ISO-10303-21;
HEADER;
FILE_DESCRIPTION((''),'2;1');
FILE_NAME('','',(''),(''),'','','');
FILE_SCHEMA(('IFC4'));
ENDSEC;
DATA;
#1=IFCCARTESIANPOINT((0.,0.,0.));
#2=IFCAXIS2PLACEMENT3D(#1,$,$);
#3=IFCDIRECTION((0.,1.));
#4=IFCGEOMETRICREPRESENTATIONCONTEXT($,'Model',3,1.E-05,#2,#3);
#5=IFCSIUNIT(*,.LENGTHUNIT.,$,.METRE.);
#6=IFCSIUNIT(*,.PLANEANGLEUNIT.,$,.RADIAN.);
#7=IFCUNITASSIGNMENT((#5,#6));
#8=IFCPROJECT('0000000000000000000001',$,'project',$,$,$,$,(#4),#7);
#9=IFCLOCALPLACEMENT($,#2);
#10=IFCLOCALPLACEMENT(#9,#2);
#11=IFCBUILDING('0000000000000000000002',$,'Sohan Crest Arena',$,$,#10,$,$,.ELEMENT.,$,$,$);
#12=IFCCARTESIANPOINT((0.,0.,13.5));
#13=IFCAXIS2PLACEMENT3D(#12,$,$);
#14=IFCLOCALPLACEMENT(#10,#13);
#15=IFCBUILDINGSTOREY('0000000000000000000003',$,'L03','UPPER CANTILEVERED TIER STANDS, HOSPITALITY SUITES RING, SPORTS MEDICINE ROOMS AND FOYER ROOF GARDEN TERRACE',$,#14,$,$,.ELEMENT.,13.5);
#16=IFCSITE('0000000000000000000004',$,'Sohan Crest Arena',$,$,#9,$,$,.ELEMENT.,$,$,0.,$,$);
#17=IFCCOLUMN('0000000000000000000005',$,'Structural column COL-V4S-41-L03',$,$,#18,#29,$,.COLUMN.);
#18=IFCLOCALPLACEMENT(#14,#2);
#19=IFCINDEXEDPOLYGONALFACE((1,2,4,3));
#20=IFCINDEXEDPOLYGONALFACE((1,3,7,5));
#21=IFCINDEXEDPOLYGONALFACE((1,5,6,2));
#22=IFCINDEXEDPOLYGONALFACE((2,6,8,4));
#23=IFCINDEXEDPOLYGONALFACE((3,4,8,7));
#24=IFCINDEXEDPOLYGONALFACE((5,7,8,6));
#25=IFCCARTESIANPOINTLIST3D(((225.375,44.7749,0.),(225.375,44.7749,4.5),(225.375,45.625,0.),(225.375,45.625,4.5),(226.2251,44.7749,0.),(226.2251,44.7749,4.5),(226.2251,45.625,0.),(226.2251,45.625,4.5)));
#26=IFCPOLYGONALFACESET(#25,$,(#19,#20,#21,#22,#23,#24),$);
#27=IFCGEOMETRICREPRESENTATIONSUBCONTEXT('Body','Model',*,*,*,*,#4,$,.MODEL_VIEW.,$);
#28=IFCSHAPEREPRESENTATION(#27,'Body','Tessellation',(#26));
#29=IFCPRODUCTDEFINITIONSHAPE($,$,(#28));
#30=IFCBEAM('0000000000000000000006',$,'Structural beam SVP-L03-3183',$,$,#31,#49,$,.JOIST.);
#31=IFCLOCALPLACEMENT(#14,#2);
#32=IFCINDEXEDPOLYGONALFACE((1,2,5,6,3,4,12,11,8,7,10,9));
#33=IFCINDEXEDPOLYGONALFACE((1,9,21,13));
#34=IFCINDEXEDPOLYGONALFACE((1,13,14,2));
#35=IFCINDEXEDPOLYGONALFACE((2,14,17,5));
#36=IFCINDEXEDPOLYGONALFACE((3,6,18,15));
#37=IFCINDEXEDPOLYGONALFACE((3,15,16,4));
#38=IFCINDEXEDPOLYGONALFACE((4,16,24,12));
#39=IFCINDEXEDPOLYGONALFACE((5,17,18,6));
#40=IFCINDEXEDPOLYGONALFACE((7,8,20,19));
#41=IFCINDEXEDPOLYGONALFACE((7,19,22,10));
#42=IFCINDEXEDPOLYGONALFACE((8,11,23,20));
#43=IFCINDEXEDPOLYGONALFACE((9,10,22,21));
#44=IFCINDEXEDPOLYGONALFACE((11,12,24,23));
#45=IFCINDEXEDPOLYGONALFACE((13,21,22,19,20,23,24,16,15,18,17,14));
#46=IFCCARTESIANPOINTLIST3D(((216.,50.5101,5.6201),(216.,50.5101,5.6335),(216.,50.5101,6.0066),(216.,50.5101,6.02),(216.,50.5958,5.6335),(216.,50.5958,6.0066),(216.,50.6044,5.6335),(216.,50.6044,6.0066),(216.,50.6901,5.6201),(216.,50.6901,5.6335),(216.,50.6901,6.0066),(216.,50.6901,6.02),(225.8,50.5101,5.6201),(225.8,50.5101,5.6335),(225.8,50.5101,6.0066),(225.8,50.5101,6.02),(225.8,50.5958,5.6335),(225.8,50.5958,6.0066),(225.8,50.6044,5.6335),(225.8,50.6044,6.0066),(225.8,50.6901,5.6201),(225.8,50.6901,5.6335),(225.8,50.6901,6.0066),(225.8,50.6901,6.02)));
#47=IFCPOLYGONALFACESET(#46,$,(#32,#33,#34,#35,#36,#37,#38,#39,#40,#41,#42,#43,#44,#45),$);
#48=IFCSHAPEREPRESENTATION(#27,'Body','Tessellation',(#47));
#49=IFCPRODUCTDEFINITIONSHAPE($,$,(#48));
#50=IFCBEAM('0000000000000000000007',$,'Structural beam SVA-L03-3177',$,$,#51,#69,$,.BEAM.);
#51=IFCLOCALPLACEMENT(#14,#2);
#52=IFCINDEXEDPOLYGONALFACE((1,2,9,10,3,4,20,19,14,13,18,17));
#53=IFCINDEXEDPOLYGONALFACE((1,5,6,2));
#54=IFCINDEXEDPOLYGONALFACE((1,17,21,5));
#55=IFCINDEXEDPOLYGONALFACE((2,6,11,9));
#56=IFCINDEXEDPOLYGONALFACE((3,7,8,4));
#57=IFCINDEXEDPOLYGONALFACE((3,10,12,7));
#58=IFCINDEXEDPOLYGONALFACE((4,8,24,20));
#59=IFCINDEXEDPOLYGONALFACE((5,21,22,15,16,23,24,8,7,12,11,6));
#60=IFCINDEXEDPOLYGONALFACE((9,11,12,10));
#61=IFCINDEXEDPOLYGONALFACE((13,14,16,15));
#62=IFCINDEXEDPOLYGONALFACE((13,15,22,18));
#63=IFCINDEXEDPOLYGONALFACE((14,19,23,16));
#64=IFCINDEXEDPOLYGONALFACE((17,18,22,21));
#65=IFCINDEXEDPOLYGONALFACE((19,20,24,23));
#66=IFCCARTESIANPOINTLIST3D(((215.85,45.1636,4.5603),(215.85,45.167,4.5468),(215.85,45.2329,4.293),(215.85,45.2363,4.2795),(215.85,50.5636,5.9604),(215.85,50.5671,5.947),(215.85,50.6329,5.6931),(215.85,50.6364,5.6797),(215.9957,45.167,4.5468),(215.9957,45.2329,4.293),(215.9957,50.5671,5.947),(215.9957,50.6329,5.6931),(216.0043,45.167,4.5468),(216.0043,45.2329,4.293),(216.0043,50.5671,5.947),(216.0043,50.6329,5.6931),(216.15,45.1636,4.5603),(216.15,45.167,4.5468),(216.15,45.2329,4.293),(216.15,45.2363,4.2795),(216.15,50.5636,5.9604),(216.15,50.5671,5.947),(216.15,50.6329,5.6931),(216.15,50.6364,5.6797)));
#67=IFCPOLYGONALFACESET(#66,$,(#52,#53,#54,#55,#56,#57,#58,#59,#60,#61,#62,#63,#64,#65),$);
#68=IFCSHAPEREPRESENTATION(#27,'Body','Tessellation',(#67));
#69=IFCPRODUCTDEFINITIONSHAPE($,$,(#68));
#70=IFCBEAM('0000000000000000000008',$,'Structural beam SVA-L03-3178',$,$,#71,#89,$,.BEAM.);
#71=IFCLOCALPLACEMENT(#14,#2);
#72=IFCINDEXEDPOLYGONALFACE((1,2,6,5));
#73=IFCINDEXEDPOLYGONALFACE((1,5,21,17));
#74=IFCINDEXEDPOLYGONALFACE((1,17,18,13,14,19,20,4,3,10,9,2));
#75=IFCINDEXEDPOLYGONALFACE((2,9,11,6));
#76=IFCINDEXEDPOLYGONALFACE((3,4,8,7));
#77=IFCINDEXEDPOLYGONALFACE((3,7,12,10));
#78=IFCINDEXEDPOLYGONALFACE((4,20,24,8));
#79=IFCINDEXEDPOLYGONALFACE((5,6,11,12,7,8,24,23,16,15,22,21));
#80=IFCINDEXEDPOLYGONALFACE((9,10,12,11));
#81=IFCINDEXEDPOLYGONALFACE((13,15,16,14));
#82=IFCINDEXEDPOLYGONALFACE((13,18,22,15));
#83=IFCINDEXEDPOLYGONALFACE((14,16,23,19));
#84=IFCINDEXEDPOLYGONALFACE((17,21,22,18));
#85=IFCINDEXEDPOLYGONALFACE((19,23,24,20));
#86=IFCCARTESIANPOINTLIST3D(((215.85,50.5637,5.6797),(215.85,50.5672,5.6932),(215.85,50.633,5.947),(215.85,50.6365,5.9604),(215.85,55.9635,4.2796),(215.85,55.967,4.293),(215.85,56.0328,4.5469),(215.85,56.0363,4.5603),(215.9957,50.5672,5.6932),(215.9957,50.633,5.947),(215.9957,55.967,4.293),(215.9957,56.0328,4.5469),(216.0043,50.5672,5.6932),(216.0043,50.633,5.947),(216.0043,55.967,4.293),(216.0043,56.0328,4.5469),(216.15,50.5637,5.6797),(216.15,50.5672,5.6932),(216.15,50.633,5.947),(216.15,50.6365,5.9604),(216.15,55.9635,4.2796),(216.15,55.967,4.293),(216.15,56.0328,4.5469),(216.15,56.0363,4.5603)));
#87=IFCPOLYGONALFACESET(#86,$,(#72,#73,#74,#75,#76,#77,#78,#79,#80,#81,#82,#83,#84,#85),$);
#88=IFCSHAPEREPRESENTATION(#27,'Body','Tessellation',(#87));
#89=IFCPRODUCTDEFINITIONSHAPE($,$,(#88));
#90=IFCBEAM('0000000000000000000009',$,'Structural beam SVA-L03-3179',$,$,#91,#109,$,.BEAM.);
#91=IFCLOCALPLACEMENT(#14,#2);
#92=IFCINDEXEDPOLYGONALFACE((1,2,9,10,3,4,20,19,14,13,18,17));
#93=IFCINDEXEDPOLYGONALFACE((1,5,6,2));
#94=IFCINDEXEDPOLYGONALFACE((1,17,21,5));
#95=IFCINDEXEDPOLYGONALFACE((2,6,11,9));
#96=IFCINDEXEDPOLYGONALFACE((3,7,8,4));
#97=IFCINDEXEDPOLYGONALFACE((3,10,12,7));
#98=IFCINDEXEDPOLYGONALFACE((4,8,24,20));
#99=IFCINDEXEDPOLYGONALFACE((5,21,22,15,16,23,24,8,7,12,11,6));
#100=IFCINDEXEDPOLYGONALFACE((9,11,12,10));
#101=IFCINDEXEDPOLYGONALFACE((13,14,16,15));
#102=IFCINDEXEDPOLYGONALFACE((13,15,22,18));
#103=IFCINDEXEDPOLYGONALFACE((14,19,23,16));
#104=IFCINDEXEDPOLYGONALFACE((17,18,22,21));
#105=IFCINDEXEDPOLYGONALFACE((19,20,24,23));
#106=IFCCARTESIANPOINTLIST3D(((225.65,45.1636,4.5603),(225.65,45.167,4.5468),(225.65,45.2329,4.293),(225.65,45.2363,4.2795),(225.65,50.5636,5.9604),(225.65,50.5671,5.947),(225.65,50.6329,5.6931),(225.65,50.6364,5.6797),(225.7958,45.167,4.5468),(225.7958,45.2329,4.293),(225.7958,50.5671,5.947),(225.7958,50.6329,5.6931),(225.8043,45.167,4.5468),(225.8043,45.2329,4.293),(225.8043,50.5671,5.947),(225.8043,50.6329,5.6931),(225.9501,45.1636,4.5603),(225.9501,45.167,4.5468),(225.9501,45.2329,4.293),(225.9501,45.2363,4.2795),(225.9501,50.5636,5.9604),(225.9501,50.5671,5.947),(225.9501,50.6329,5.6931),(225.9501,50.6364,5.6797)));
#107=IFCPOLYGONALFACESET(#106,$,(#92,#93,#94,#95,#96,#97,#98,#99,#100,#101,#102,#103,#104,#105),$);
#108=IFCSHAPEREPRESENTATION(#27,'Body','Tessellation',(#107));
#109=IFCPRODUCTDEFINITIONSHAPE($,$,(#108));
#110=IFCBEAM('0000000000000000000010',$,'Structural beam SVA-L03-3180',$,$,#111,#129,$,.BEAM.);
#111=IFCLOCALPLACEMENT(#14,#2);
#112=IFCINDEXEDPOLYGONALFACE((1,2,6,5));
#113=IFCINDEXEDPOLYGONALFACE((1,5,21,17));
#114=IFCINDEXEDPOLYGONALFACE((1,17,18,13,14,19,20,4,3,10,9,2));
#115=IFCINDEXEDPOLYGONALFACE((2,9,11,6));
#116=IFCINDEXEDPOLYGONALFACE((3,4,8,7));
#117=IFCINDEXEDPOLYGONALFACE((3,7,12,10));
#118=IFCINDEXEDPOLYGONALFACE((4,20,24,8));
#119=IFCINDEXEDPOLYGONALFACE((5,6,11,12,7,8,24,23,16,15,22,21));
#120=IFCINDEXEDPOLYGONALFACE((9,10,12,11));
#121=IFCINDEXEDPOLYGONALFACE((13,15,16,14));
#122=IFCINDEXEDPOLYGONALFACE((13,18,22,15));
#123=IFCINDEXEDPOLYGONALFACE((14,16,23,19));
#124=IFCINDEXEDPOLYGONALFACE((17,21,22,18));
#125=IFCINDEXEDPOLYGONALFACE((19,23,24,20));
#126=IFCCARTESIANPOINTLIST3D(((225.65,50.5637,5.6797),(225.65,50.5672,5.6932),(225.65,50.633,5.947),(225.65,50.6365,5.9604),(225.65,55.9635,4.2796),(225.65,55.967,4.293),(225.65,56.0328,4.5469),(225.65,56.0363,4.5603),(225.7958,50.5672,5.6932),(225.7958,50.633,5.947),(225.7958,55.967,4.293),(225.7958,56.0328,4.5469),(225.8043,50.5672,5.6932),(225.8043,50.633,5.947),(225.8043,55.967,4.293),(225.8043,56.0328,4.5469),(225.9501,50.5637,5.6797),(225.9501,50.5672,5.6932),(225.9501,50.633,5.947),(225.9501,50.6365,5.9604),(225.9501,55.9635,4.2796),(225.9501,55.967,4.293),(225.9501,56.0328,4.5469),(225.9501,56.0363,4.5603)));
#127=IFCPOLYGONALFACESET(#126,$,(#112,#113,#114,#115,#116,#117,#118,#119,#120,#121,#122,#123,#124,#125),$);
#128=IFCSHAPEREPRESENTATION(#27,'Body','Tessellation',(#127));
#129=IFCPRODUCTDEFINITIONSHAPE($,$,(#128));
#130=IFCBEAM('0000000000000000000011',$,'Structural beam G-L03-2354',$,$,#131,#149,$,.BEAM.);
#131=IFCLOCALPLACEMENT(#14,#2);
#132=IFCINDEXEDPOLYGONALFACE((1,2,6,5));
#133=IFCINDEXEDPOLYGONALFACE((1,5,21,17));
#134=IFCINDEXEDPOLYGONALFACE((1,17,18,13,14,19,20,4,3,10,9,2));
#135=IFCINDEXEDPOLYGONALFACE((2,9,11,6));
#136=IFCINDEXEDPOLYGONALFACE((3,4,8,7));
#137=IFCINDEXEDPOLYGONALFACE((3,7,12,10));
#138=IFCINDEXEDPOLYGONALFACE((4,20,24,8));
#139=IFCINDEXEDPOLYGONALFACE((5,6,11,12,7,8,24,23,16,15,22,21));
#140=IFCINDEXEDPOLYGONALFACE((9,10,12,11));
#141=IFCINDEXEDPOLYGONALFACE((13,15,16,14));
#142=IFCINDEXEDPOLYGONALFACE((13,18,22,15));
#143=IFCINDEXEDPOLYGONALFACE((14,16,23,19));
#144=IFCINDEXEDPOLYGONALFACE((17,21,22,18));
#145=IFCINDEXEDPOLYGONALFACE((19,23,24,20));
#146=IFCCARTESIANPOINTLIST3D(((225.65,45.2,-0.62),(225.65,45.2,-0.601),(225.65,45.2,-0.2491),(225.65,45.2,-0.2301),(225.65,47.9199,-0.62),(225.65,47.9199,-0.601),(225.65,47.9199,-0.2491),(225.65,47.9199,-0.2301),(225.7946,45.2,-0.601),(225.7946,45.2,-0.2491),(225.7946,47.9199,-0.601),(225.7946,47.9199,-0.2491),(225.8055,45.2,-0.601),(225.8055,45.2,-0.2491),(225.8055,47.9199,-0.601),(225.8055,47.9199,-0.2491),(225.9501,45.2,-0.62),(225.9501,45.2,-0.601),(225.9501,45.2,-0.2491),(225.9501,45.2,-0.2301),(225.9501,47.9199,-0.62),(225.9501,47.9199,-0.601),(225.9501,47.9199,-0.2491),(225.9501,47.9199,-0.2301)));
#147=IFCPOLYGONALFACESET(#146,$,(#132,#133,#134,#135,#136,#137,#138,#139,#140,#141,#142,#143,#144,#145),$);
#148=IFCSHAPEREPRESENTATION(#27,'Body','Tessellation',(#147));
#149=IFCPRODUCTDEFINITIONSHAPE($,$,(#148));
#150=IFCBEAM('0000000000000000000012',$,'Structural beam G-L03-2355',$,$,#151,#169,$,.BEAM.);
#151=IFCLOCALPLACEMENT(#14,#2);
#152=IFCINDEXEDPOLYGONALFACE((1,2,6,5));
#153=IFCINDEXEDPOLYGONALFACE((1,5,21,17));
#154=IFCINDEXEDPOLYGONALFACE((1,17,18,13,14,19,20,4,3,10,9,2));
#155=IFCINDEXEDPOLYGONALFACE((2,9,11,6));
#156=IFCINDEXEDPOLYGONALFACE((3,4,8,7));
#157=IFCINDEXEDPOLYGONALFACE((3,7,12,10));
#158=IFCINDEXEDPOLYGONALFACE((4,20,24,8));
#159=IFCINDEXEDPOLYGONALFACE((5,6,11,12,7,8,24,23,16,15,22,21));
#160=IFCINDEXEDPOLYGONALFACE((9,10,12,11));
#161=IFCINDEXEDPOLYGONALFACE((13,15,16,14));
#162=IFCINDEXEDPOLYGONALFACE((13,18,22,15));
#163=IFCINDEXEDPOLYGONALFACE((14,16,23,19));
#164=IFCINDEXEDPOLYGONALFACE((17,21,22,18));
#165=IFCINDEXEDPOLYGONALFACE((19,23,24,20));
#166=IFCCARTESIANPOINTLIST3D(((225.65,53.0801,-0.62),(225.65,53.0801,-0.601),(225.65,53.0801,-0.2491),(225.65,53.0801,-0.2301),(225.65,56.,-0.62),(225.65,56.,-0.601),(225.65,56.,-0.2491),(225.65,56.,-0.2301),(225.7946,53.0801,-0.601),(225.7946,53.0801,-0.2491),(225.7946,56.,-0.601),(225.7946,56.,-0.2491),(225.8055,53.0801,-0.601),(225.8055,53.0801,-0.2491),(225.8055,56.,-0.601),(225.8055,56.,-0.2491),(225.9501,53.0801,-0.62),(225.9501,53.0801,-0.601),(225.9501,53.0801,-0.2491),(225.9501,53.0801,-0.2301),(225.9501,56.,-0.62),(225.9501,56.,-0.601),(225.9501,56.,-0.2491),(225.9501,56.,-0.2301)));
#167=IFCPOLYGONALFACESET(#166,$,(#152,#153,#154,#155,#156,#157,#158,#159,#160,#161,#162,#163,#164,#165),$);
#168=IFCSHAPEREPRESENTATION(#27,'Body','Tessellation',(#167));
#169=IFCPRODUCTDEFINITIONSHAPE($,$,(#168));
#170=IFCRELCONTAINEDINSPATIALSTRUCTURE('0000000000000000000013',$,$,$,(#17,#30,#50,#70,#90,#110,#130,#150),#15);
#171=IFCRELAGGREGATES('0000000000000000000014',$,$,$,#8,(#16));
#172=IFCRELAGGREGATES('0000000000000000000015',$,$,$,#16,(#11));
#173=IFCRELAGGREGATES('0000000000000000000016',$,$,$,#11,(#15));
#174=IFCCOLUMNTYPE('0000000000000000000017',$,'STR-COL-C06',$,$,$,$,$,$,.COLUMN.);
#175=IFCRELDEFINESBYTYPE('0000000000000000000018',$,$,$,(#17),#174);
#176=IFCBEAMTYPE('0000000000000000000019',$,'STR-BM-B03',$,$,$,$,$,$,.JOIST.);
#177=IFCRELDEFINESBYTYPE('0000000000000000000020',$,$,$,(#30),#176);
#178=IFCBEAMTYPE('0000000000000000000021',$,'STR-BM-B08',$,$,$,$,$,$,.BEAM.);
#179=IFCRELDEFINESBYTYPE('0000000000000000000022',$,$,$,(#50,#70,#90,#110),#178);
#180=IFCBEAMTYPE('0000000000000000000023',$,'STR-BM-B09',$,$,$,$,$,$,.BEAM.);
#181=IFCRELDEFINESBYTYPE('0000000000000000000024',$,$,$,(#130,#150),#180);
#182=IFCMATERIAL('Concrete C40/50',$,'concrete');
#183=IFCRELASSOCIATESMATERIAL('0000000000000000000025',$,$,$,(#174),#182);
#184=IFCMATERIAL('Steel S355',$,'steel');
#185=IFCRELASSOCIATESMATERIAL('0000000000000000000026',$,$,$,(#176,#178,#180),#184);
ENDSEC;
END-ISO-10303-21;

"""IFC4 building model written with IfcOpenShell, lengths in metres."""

from ifc_helpers import new_model, si_unit, direction, frame, origin, origin_2d, place, context, subcontext, project, spatial, rectangle, i_section, extrude, material, material_profile, profile_set, type_object, element, save


model = new_model("IFC4")

# Units and contexts
model_context = context("Model", 3, precision=1e-05, world=origin(), true_north=direction((0.0, 1.0)))
body_context = subcontext(model_context, "Body", "Model", "MODEL_VIEW")
ifc_project = project(units=[si_unit("LENGTHUNIT", "METRE"), si_unit("PLANEANGLEUNIT", "RADIAN")], contexts=[model_context])

# Site, building, storey
site_placement = place(None, origin())
site = spatial("IfcSite", under=ifc_project, at=site_placement, Name="Sohan Crest Arena", CompositionType="ELEMENT", RefElevation=0.0)
building_placement = place(site_placement, origin())
building = spatial("IfcBuilding", under=site, at=building_placement, Name="Sohan Crest Arena", CompositionType="ELEMENT")
storey_placement = place(building_placement, frame((0.0, 0.0, 13.5)))
storey = spatial("IfcBuildingStorey", under=building, at=storey_placement, Name="L03", Description="UPPER CANTILEVERED TIER STANDS, HOSPITALITY SUITES RING, SPORTS MEDICINE ROOMS AND FOYER ROOF GARDEN TERRACE", CompositionType="ELEMENT", Elevation=13.5)

# Column
ifc_material_1 = material(Name="Concrete C40/50", Category="concrete")
ifc_material_profile_1 = material_profile(ifc_material_1, rectangle(XDim=0.8501, YDim=0.8501, at=origin_2d()), Name="RC 850x850")
ifc_profile_set_1 = profile_set([ifc_material_profile_1], Name="Concrete C40/50")
column_type = type_object("IfcColumnType", Name="STR-COL-C06", PredefinedType="COLUMN", material=ifc_profile_set_1)
column_placement = place(storey_placement, frame((225.8, 45.2, 0.0), z_axis=(0.0, 0.0, 1.0), x_axis=(1.0, 0.0, 0.0)))
element("IfcColumn", 1, at=column_placement, inside=storey, type_object=column_type, Name="Structural column COL-V4S-41-L03", PredefinedType="COLUMN", context=body_context, shape_type="SweptSolid", body=[
    extrude(rectangle(XDim=0.8501, YDim=0.8501, at=origin_2d()), origin(), (0.0, 0.0, 1.0), 4.5),
])

# Beams
ifc_material_2 = material(Name="Steel S355", Category="steel")
ifc_material_profile_2 = material_profile(ifc_material_2, i_section(OverallWidth=0.1799, OverallDepth=0.3999, WebThickness=0.0085, FlangeThickness=0.0134, at=origin_2d()), Name="IPE 400")
ifc_profile_set_2 = profile_set([ifc_material_profile_2], Name="Steel S355")
beam_type_1 = type_object("IfcBeamType", Name="STR-BM-B03", PredefinedType="JOIST", material=ifc_profile_set_2)
beam_1_placement = place(storey_placement, frame((216.0, 50.6001, 5.8201), z_axis=(1.0, 0.0, 0.0), x_axis=(0.0, 1.0, 0.0)))
element("IfcBeam", 2, at=beam_1_placement, inside=storey, type_object=beam_type_1, Name="Structural beam SVP-L03-3183", PredefinedType="JOIST", context=body_context, shape_type="SweptSolid", body=[
    extrude(i_section(OverallWidth=0.1799, OverallDepth=0.3999, WebThickness=0.0085, FlangeThickness=0.0134, at=origin_2d()), origin(), (0.0, 0.0, 1.0), 9.8),
])
ifc_material_profile_3 = material_profile(ifc_material_2, i_section(OverallWidth=0.3, OverallDepth=0.29, WebThickness=0.0085, FlangeThickness=0.0139, at=origin_2d()), Name="HEA 300")
ifc_profile_set_3 = profile_set([ifc_material_profile_3], Name="Steel S355")
beam_type_2 = type_object("IfcBeamType", Name="STR-BM-B08", PredefinedType="BEAM", material=ifc_profile_set_3)
beam_2_placement = place(storey_placement, frame((216.0, 45.2, 4.4199), z_axis=(0.0, 0.967992, 0.25098), x_axis=(-1.0, 0.0, 0.0)))
element("IfcBeam", 3, at=beam_2_placement, inside=storey, type_object=beam_type_2, Name="Structural beam SVA-L03-3177", PredefinedType="BEAM", context=body_context, shape_type="SweptSolid", body=[
    extrude(i_section(OverallWidth=0.3, OverallDepth=0.29, WebThickness=0.0085, FlangeThickness=0.0139, at=origin_2d()), origin(), (0.0, 0.0, 1.0), 5.5786),
])
beam_3_placement = place(storey_placement, frame((216.0, 50.6001, 5.8201), z_axis=(0.0, 0.967989, -0.250991), x_axis=(-1.0, 0.0, 0.0)))
element("IfcBeam", 4, at=beam_3_placement, inside=storey, type_object=beam_type_2, Name="Structural beam SVA-L03-3178", PredefinedType="BEAM", context=body_context, shape_type="SweptSolid", body=[
    extrude(i_section(OverallWidth=0.3, OverallDepth=0.29, WebThickness=0.0085, FlangeThickness=0.0139, at=origin_2d()), origin(), (0.0, 0.0, 1.0), 5.5784),
])
beam_4_placement = place(storey_placement, frame((225.8, 45.2, 4.4199), z_axis=(0.0, 0.967992, 0.25098), x_axis=(-1.0, 0.0, 0.0)))
element("IfcBeam", 5, at=beam_4_placement, inside=storey, type_object=beam_type_2, Name="Structural beam SVA-L03-3179", PredefinedType="BEAM", context=body_context, shape_type="SweptSolid", body=[
    extrude(i_section(OverallWidth=0.3, OverallDepth=0.29, WebThickness=0.0085, FlangeThickness=0.0139, at=origin_2d()), origin(), (0.0, 0.0, 1.0), 5.5786),
])
beam_5_placement = place(storey_placement, frame((225.8, 50.6001, 5.8201), z_axis=(0.0, 0.967989, -0.250991), x_axis=(-1.0, 0.0, 0.0)))
element("IfcBeam", 6, at=beam_5_placement, inside=storey, type_object=beam_type_2, Name="Structural beam SVA-L03-3180", PredefinedType="BEAM", context=body_context, shape_type="SweptSolid", body=[
    extrude(i_section(OverallWidth=0.3, OverallDepth=0.29, WebThickness=0.0085, FlangeThickness=0.0139, at=origin_2d()), origin(), (0.0, 0.0, 1.0), 5.5784),
])
ifc_material_profile_4 = material_profile(ifc_material_2, i_section(OverallWidth=0.3, OverallDepth=0.3899, WebThickness=0.011, FlangeThickness=0.019, at=origin_2d()), Name="HEA 400")
ifc_profile_set_4 = profile_set([ifc_material_profile_4], Name="Steel S355")
beam_type_3 = type_object("IfcBeamType", Name="STR-BM-B09", PredefinedType="BEAM", material=ifc_profile_set_4)
beam_6_placement = place(storey_placement, frame((225.8, 45.2, -0.425), z_axis=(0.0, 1.0, 0.0), x_axis=(-1.0, 0.0, 0.0)))
element("IfcBeam", 7, at=beam_6_placement, inside=storey, type_object=beam_type_3, Name="Structural beam G-L03-2354", PredefinedType="BEAM", context=body_context, shape_type="SweptSolid", body=[
    extrude(i_section(OverallWidth=0.3, OverallDepth=0.3899, WebThickness=0.011, FlangeThickness=0.019, at=origin_2d()), origin(), (0.0, 0.0, 1.0), 2.72),
])
beam_7_placement = place(storey_placement, frame((225.8, 53.0801, -0.425), z_axis=(0.0, 1.0, 0.0), x_axis=(-1.0, 0.0, 0.0)))
element("IfcBeam", 8, at=beam_7_placement, inside=storey, type_object=beam_type_3, Name="Structural beam G-L03-2355", PredefinedType="BEAM", context=body_context, shape_type="SweptSolid", body=[
    extrude(i_section(OverallWidth=0.3, OverallDepth=0.3899, WebThickness=0.011, FlangeThickness=0.019, at=origin_2d()), origin(), (0.0, 0.0, 1.0), 2.9199),
])

save(model, "model.ifc")
